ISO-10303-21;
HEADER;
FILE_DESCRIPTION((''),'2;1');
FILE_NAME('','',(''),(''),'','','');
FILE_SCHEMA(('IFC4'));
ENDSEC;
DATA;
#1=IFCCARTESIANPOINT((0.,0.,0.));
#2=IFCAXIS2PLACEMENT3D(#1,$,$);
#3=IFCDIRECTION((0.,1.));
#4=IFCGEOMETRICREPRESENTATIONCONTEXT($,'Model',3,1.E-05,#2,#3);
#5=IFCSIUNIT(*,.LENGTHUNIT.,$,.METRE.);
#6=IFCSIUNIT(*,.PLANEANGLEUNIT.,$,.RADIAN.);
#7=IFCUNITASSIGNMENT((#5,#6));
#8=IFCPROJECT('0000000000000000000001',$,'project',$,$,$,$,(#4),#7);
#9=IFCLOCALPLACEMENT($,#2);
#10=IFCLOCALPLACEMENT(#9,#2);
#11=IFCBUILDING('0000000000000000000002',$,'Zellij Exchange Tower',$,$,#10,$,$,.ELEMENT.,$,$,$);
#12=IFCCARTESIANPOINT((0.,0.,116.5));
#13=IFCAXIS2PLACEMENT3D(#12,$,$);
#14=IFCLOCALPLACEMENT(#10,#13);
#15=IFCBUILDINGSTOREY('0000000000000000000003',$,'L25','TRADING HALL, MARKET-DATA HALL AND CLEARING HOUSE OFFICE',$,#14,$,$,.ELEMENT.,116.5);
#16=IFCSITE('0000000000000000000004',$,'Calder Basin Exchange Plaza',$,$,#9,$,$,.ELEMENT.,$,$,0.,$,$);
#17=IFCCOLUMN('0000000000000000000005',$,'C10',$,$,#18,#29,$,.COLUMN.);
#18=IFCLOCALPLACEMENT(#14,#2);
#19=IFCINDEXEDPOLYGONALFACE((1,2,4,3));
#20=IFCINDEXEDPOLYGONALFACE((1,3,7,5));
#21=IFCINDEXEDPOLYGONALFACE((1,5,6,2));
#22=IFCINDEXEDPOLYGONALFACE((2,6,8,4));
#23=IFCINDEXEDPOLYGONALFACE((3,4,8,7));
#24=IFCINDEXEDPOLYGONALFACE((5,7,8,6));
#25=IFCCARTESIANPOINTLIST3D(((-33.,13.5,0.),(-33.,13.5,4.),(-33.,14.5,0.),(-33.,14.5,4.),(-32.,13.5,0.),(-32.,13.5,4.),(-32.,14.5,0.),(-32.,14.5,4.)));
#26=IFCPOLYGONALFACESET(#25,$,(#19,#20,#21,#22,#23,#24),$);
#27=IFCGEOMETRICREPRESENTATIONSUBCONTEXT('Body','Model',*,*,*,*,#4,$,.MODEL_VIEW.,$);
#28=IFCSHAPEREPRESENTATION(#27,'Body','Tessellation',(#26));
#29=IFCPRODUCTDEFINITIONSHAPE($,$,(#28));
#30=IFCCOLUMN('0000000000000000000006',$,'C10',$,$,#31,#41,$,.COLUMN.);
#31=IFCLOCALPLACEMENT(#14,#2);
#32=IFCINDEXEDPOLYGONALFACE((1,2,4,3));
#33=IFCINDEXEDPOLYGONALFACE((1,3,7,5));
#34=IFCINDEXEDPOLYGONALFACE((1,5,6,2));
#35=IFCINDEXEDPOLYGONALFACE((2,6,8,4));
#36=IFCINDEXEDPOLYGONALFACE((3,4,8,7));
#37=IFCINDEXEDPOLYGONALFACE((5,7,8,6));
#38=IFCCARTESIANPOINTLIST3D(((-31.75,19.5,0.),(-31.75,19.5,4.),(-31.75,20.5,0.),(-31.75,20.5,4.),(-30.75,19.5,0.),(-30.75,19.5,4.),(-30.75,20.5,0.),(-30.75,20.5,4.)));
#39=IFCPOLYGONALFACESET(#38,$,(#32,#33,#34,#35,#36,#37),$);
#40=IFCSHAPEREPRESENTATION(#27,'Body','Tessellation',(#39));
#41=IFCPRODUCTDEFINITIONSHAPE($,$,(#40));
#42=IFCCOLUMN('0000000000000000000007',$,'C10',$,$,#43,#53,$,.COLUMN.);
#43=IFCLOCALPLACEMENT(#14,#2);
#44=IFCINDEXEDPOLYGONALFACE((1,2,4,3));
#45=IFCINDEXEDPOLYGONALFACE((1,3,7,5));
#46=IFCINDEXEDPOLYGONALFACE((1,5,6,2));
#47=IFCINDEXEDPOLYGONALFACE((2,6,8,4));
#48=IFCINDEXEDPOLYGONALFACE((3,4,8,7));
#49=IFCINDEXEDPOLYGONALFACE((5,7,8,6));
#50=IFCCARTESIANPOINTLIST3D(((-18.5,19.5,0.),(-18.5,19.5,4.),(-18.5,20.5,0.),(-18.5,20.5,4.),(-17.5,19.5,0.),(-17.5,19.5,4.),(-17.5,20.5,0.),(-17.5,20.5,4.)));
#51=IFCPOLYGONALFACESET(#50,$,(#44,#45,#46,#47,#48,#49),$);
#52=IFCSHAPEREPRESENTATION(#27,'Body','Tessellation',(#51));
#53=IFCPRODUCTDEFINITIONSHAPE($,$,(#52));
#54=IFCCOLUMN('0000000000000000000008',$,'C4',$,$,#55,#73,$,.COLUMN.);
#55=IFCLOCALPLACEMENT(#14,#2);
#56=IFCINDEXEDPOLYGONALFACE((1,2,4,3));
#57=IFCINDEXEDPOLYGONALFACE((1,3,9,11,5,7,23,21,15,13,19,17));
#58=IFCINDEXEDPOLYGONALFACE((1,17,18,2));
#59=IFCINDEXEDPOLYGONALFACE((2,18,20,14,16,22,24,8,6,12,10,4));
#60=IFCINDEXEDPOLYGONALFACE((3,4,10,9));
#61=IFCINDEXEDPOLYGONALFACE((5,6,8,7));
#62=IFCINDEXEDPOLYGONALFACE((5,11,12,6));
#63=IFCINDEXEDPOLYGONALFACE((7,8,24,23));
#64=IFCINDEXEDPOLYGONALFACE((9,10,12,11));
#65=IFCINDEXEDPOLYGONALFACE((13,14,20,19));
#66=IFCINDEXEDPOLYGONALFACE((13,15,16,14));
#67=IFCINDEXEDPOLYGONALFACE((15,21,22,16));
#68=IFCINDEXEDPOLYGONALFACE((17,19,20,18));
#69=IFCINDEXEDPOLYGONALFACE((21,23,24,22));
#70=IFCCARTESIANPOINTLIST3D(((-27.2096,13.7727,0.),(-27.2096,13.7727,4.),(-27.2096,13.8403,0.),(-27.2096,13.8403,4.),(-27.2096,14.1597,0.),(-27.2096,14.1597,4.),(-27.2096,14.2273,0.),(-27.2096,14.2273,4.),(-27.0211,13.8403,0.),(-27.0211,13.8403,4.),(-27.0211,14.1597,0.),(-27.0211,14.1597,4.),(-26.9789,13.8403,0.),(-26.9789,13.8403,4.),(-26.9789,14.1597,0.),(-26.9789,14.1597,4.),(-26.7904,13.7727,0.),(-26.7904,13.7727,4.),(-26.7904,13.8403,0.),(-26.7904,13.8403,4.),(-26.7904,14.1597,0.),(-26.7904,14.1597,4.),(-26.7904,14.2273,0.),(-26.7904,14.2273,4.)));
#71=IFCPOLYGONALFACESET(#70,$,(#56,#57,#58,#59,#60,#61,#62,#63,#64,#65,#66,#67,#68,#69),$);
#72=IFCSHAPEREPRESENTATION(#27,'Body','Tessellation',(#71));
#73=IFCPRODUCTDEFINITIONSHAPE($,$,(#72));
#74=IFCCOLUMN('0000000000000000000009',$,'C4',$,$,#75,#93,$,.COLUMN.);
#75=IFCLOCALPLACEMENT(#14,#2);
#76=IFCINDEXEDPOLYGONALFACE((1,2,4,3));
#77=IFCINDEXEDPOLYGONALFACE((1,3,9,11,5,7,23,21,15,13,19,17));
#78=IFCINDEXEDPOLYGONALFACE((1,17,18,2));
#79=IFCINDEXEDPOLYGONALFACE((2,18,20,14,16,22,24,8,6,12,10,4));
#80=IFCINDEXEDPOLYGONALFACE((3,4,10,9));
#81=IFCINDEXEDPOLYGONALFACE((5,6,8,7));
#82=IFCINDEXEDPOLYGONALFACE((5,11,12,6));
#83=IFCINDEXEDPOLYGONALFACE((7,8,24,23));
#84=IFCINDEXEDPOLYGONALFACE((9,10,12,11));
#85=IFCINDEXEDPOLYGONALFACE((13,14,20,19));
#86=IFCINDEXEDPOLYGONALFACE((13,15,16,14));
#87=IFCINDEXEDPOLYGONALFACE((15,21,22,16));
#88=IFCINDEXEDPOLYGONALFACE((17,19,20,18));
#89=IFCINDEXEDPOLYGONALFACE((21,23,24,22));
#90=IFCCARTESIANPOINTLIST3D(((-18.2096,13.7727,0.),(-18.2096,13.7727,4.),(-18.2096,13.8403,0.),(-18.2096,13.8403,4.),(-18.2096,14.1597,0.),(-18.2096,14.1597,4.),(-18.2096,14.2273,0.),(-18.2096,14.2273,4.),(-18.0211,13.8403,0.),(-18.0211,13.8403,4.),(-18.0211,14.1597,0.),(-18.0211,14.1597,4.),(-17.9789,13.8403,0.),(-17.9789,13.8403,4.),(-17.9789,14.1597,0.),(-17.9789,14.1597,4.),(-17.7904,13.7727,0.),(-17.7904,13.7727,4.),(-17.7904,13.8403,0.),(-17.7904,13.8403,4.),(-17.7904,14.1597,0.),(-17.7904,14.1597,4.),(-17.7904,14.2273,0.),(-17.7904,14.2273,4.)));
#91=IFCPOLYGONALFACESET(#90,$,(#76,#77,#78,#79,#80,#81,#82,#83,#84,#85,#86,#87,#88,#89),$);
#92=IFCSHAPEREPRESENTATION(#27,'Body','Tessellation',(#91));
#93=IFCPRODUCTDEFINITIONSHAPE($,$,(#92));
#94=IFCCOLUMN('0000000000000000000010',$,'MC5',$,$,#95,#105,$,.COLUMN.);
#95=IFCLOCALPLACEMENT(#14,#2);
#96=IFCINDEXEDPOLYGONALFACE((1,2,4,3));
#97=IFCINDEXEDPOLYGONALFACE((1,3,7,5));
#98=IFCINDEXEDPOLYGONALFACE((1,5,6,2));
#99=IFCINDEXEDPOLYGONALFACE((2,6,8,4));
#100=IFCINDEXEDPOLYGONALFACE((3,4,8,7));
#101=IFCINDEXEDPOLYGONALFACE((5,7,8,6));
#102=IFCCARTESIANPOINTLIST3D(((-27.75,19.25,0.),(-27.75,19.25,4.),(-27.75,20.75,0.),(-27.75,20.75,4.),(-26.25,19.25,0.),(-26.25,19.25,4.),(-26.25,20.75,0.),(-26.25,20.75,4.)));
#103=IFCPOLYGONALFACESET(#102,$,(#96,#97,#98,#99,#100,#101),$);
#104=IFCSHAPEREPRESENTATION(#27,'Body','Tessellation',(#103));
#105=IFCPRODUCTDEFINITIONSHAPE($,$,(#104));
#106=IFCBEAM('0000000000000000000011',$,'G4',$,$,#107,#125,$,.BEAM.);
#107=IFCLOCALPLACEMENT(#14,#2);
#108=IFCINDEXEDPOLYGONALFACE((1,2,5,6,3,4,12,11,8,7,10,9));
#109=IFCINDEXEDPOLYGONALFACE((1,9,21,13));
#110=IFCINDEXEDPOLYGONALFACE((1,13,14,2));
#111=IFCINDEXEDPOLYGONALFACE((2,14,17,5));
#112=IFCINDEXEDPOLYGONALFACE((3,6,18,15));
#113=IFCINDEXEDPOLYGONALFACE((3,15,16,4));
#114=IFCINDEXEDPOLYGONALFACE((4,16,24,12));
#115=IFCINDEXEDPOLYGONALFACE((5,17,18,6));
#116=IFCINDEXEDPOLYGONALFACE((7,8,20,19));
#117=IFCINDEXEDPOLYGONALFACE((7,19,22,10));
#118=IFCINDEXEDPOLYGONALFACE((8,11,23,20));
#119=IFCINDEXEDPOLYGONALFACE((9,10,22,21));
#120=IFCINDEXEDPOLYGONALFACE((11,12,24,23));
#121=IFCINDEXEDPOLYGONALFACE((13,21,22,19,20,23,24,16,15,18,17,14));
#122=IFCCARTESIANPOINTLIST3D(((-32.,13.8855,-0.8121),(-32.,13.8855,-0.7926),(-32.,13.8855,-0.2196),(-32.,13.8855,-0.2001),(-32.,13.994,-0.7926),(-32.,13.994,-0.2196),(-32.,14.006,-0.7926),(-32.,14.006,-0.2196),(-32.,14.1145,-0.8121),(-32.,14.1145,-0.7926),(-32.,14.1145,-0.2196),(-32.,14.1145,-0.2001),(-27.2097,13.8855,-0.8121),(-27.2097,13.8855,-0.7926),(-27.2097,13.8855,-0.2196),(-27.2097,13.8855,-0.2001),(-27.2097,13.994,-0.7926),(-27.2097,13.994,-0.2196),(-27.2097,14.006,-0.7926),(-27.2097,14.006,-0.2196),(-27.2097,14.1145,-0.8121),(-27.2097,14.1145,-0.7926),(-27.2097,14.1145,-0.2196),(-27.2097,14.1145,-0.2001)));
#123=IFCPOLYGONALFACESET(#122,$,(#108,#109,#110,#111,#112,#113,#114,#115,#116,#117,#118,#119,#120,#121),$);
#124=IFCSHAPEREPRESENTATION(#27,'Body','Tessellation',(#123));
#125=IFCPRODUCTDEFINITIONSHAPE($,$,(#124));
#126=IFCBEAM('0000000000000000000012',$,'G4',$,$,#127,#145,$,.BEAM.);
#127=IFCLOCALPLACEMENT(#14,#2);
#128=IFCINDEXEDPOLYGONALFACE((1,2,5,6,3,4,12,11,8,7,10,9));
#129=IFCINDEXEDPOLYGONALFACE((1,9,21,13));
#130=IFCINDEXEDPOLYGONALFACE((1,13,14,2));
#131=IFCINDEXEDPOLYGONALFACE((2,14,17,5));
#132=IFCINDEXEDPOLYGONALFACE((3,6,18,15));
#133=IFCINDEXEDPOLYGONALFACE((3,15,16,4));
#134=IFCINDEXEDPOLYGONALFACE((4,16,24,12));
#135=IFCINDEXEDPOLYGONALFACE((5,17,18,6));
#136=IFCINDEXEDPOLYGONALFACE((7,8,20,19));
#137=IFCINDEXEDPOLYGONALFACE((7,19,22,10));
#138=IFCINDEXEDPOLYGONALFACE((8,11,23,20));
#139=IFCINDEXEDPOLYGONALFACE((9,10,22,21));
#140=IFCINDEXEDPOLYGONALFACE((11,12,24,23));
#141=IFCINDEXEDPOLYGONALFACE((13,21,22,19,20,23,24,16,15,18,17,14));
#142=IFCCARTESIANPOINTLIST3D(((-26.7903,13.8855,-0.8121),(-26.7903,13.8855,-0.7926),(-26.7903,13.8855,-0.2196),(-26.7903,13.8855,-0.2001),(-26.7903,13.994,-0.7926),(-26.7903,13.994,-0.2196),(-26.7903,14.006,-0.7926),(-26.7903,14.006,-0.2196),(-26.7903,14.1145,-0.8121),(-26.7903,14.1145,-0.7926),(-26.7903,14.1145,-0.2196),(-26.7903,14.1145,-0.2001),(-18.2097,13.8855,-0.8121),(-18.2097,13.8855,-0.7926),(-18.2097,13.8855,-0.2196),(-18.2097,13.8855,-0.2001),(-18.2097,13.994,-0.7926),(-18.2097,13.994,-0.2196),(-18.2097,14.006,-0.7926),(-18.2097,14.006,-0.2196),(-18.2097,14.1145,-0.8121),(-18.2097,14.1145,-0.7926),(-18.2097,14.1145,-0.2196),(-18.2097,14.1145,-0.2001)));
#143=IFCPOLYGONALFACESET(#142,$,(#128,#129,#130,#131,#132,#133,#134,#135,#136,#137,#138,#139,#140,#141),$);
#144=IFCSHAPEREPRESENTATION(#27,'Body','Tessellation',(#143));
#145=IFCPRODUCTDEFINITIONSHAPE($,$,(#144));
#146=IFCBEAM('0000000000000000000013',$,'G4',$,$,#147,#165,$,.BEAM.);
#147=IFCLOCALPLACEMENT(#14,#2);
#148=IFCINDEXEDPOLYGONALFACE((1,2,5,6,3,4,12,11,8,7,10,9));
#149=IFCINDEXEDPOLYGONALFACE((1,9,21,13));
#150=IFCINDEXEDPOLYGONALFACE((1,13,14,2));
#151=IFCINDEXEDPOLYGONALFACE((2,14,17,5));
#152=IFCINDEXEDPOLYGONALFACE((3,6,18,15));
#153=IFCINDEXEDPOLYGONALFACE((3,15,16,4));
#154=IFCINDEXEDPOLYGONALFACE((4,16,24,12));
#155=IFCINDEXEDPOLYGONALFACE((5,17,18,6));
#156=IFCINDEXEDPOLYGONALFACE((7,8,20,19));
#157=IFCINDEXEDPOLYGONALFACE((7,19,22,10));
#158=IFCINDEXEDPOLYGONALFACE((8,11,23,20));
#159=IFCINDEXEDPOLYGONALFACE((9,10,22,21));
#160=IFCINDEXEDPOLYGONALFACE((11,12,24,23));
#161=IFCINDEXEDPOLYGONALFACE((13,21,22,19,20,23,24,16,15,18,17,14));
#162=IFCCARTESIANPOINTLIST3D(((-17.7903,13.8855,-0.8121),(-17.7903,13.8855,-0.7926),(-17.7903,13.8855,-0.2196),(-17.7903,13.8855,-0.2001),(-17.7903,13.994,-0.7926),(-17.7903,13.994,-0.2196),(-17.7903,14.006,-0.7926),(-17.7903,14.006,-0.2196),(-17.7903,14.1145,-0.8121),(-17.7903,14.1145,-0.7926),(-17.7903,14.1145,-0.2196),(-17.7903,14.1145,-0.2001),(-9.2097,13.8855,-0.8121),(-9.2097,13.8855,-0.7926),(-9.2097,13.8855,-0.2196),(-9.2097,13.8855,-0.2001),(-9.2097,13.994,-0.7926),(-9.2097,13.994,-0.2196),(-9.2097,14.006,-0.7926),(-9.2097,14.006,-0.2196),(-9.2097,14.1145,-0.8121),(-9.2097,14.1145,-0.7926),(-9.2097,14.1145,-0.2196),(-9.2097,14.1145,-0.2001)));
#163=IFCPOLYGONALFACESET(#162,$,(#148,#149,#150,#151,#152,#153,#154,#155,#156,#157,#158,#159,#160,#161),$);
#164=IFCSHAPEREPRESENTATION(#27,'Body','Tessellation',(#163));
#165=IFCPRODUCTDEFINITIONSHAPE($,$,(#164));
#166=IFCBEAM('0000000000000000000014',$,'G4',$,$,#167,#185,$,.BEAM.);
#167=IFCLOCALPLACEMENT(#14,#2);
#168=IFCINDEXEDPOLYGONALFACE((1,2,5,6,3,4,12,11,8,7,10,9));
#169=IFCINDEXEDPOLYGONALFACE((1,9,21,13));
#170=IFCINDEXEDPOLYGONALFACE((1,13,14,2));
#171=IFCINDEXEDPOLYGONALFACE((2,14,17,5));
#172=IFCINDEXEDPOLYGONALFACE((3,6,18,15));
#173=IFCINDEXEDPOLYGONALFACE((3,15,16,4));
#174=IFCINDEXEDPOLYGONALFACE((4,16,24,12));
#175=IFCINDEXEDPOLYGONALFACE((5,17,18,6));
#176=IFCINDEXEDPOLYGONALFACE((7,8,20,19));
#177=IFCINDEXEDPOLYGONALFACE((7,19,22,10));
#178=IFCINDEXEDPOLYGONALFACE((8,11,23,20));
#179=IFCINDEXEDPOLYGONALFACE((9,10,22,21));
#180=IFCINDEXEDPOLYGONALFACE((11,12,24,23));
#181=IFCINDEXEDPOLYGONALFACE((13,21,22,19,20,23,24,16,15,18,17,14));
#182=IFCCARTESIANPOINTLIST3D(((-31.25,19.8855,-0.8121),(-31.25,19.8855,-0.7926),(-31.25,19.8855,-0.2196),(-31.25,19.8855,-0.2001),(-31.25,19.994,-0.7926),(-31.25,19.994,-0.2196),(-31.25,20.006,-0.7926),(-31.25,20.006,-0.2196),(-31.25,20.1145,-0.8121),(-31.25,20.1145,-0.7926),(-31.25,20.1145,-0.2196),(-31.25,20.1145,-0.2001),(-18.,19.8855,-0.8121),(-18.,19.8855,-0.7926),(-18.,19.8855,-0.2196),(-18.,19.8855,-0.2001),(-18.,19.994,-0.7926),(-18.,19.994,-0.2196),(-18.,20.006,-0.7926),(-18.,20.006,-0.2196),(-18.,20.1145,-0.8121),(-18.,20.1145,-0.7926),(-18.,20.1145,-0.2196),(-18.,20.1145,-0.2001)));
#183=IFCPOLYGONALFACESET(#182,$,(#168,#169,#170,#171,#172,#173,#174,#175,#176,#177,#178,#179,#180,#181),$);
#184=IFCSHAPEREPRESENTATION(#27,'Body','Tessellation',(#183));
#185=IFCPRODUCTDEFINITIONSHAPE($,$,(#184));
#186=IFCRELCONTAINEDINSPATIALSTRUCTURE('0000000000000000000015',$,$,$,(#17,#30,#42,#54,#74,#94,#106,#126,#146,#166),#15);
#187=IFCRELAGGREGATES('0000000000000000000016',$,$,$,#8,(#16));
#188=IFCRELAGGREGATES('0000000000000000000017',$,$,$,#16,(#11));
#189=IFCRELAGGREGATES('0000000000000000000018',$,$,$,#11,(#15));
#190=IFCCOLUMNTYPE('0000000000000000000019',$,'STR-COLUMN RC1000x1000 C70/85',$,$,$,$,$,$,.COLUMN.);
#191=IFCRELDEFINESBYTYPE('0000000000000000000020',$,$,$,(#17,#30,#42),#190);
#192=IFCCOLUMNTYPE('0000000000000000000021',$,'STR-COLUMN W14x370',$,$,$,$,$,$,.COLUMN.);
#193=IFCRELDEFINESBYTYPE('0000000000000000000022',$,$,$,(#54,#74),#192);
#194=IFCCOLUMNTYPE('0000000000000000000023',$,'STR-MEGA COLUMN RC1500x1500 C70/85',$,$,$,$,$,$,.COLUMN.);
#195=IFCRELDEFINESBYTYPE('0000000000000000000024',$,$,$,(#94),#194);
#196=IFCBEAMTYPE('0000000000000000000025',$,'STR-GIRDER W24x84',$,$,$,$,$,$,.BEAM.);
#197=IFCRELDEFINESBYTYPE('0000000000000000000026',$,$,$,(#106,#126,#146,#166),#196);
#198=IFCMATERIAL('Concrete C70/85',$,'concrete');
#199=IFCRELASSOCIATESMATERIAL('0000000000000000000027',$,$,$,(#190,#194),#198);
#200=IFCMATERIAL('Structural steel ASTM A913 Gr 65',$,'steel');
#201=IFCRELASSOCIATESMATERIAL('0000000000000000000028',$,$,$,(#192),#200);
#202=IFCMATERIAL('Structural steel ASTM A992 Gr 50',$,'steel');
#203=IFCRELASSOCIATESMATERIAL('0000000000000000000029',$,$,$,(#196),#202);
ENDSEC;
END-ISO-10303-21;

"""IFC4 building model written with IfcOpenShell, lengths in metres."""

from ifc_helpers import new_model, si_unit, direction, frame, origin, origin_2d, place, context, subcontext, project, spatial, rectangle, i_section, extrude, material, material_profile, profile_set, type_object, element, save


model = new_model("IFC4")

# Units and contexts
model_context = context("Model", 3, precision=1e-05, world=origin(), true_north=direction((0.0, 1.0)))
body_context = subcontext(model_context, "Body", "Model", "MODEL_VIEW")
ifc_project = project(units=[si_unit("LENGTHUNIT", "METRE"), si_unit("PLANEANGLEUNIT", "RADIAN")], contexts=[model_context])

# Site, building, storey
site_placement = place(None, origin())
site = spatial("IfcSite", under=ifc_project, at=site_placement, Name="Calder Basin Exchange Plaza", CompositionType="ELEMENT", RefElevation=0.0)
building_placement = place(site_placement, origin())
building = spatial("IfcBuilding", under=site, at=building_placement, Name="Zellij Exchange Tower", CompositionType="ELEMENT")
storey_placement = place(building_placement, frame((0.0, 0.0, 116.5)))
storey = spatial("IfcBuildingStorey", under=building, at=storey_placement, Name="L25", Description="TRADING HALL, MARKET-DATA HALL AND CLEARING HOUSE OFFICE", CompositionType="ELEMENT", Elevation=116.5)

# Columns
ifc_material_1 = material(Name="Concrete C70/85", Category="concrete")
ifc_material_profile_1 = material_profile(ifc_material_1, rectangle(XDim=1.0, YDim=1.0, at=origin_2d()), Name="STR-COLUMN RC1000x1000 C70/85")
ifc_profile_set_1 = profile_set([ifc_material_profile_1], Name="Concrete C70/85")
column_type_1 = type_object("IfcColumnType", Name="STR-COLUMN RC1000x1000 C70/85", PredefinedType="COLUMN", material=ifc_profile_set_1)
for number, where, z_axis, x_axis, name in (
    (1, (-32.5, 14.0, 0.0), (0.0, 0.0, 1.0), (1.0, 0.0, 0.0), "C10"),
    (2, (-31.25, 20.0, 0.0), (0.0, 0.0, 1.0), (1.0, 0.0, 0.0), "C10"),
    (3, (-18.0, 20.0, 0.0), (0.0, 0.0, 1.0), (1.0, 0.0, 0.0), "C10"),
):
    element("IfcColumn", number, at=place(storey_placement, frame(where, z_axis=z_axis, x_axis=x_axis)), inside=storey, type_object=column_type_1, Name=name, PredefinedType="COLUMN", context=body_context, shape_type="SweptSolid", body=[
        extrude(rectangle(XDim=1.0, YDim=1.0, at=origin_2d()), origin(), (0.0, 0.0, 1.0), 4.0),
    ])
ifc_material_2 = material(Name="Structural steel ASTM A913 Gr 65", Category="steel")
ifc_material_profile_2 = material_profile(ifc_material_2, i_section(OverallWidth=0.4192, OverallDepth=0.4546, WebThickness=0.0422, FlangeThickness=0.0676, at=origin_2d()), Name="W14x370")
ifc_profile_set_2 = profile_set([ifc_material_profile_2], Name="Structural steel ASTM A913 Gr 65")
column_type_2 = type_object("IfcColumnType", Name="STR-COLUMN W14x370", PredefinedType="COLUMN", material=ifc_profile_set_2)
for number, where, z_axis, x_axis, name in (
    (4, (-27.0, 14.0, 0.0), (0.0, 0.0, 1.0), (1.0, 0.0, 0.0), "C4"),
    (5, (-18.0, 14.0, 0.0), (0.0, 0.0, 1.0), (1.0, 0.0, 0.0), "C4"),
):
    element("IfcColumn", number, at=place(storey_placement, frame(where, z_axis=z_axis, x_axis=x_axis)), inside=storey, type_object=column_type_2, Name=name, PredefinedType="COLUMN", context=body_context, shape_type="SweptSolid", body=[
        extrude(i_section(OverallWidth=0.4192, OverallDepth=0.4546, WebThickness=0.0422, FlangeThickness=0.0676, at=origin_2d()), origin(), (0.0, 0.0, 1.0), 4.0),
    ])
ifc_material_profile_3 = material_profile(ifc_material_1, rectangle(XDim=1.5, YDim=1.5, at=origin_2d()), Name="STR-MEGA COLUMN RC1500x1500 C70/85")
ifc_profile_set_3 = profile_set([ifc_material_profile_3], Name="Concrete C70/85")
column_type_3 = type_object("IfcColumnType", Name="STR-MEGA COLUMN RC1500x1500 C70/85", PredefinedType="COLUMN", material=ifc_profile_set_3)
column_placement = place(storey_placement, frame((-27.0, 20.0, 0.0), z_axis=(0.0, 0.0, 1.0), x_axis=(1.0, 0.0, 0.0)))
element("IfcColumn", 6, at=column_placement, inside=storey, type_object=column_type_3, Name="MC5", PredefinedType="COLUMN", context=body_context, shape_type="SweptSolid", body=[
    extrude(rectangle(XDim=1.5, YDim=1.5, at=origin_2d()), origin(), (0.0, 0.0, 1.0), 4.0),
])

# Beams
ifc_material_3 = material(Name="Structural steel ASTM A992 Gr 50", Category="steel")
ifc_material_profile_4 = material_profile(ifc_material_3, i_section(OverallWidth=0.229, OverallDepth=0.6121, WebThickness=0.012, FlangeThickness=0.0195, at=origin_2d()), Name="W24x84")
ifc_profile_set_4 = profile_set([ifc_material_profile_4], Name="Structural steel ASTM A992 Gr 50")
beam_type = type_object("IfcBeamType", Name="STR-GIRDER W24x84", PredefinedType="BEAM", material=ifc_profile_set_4)
beam_1_placement = place(storey_placement, frame((-32.0, 14.0, -0.5061), z_axis=(1.0, 0.0, 0.0), x_axis=(0.0, 1.0, 0.0)))
element("IfcBeam", 7, at=beam_1_placement, inside=storey, type_object=beam_type, Name="G4", PredefinedType="BEAM", context=body_context, shape_type="SweptSolid", body=[
    extrude(i_section(OverallWidth=0.229, OverallDepth=0.6121, WebThickness=0.012, FlangeThickness=0.0195, at=origin_2d()), origin(), (0.0, 0.0, 1.0), 4.7903),
])
for number, where, z_axis, x_axis, name in (
    (8, (-26.7903, 14.0, -0.5061), (1.0, 0.0, 0.0), (0.0, 1.0, 0.0), "G4"),
    (9, (-17.7903, 14.0, -0.5061), (1.0, 0.0, 0.0), (0.0, 1.0, 0.0), "G4"),
):
    element("IfcBeam", number, at=place(storey_placement, frame(where, z_axis=z_axis, x_axis=x_axis)), inside=storey, type_object=beam_type, Name=name, PredefinedType="BEAM", context=body_context, shape_type="SweptSolid", body=[
        extrude(i_section(OverallWidth=0.229, OverallDepth=0.6121, WebThickness=0.012, FlangeThickness=0.0195, at=origin_2d()), origin(), (0.0, 0.0, 1.0), 8.5806),
    ])
beam_2_placement = place(storey_placement, frame((-31.25, 20.0, -0.5061), z_axis=(1.0, 0.0, 0.0), x_axis=(0.0, 1.0, 0.0)))
element("IfcBeam", 10, at=beam_2_placement, inside=storey, type_object=beam_type, Name="G4", PredefinedType="BEAM", context=body_context, shape_type="SweptSolid", body=[
    extrude(i_section(OverallWidth=0.229, OverallDepth=0.6121, WebThickness=0.012, FlangeThickness=0.0195, at=origin_2d()), origin(), (0.0, 0.0, 1.0), 13.25),
])

save(model, "model.ifc")
